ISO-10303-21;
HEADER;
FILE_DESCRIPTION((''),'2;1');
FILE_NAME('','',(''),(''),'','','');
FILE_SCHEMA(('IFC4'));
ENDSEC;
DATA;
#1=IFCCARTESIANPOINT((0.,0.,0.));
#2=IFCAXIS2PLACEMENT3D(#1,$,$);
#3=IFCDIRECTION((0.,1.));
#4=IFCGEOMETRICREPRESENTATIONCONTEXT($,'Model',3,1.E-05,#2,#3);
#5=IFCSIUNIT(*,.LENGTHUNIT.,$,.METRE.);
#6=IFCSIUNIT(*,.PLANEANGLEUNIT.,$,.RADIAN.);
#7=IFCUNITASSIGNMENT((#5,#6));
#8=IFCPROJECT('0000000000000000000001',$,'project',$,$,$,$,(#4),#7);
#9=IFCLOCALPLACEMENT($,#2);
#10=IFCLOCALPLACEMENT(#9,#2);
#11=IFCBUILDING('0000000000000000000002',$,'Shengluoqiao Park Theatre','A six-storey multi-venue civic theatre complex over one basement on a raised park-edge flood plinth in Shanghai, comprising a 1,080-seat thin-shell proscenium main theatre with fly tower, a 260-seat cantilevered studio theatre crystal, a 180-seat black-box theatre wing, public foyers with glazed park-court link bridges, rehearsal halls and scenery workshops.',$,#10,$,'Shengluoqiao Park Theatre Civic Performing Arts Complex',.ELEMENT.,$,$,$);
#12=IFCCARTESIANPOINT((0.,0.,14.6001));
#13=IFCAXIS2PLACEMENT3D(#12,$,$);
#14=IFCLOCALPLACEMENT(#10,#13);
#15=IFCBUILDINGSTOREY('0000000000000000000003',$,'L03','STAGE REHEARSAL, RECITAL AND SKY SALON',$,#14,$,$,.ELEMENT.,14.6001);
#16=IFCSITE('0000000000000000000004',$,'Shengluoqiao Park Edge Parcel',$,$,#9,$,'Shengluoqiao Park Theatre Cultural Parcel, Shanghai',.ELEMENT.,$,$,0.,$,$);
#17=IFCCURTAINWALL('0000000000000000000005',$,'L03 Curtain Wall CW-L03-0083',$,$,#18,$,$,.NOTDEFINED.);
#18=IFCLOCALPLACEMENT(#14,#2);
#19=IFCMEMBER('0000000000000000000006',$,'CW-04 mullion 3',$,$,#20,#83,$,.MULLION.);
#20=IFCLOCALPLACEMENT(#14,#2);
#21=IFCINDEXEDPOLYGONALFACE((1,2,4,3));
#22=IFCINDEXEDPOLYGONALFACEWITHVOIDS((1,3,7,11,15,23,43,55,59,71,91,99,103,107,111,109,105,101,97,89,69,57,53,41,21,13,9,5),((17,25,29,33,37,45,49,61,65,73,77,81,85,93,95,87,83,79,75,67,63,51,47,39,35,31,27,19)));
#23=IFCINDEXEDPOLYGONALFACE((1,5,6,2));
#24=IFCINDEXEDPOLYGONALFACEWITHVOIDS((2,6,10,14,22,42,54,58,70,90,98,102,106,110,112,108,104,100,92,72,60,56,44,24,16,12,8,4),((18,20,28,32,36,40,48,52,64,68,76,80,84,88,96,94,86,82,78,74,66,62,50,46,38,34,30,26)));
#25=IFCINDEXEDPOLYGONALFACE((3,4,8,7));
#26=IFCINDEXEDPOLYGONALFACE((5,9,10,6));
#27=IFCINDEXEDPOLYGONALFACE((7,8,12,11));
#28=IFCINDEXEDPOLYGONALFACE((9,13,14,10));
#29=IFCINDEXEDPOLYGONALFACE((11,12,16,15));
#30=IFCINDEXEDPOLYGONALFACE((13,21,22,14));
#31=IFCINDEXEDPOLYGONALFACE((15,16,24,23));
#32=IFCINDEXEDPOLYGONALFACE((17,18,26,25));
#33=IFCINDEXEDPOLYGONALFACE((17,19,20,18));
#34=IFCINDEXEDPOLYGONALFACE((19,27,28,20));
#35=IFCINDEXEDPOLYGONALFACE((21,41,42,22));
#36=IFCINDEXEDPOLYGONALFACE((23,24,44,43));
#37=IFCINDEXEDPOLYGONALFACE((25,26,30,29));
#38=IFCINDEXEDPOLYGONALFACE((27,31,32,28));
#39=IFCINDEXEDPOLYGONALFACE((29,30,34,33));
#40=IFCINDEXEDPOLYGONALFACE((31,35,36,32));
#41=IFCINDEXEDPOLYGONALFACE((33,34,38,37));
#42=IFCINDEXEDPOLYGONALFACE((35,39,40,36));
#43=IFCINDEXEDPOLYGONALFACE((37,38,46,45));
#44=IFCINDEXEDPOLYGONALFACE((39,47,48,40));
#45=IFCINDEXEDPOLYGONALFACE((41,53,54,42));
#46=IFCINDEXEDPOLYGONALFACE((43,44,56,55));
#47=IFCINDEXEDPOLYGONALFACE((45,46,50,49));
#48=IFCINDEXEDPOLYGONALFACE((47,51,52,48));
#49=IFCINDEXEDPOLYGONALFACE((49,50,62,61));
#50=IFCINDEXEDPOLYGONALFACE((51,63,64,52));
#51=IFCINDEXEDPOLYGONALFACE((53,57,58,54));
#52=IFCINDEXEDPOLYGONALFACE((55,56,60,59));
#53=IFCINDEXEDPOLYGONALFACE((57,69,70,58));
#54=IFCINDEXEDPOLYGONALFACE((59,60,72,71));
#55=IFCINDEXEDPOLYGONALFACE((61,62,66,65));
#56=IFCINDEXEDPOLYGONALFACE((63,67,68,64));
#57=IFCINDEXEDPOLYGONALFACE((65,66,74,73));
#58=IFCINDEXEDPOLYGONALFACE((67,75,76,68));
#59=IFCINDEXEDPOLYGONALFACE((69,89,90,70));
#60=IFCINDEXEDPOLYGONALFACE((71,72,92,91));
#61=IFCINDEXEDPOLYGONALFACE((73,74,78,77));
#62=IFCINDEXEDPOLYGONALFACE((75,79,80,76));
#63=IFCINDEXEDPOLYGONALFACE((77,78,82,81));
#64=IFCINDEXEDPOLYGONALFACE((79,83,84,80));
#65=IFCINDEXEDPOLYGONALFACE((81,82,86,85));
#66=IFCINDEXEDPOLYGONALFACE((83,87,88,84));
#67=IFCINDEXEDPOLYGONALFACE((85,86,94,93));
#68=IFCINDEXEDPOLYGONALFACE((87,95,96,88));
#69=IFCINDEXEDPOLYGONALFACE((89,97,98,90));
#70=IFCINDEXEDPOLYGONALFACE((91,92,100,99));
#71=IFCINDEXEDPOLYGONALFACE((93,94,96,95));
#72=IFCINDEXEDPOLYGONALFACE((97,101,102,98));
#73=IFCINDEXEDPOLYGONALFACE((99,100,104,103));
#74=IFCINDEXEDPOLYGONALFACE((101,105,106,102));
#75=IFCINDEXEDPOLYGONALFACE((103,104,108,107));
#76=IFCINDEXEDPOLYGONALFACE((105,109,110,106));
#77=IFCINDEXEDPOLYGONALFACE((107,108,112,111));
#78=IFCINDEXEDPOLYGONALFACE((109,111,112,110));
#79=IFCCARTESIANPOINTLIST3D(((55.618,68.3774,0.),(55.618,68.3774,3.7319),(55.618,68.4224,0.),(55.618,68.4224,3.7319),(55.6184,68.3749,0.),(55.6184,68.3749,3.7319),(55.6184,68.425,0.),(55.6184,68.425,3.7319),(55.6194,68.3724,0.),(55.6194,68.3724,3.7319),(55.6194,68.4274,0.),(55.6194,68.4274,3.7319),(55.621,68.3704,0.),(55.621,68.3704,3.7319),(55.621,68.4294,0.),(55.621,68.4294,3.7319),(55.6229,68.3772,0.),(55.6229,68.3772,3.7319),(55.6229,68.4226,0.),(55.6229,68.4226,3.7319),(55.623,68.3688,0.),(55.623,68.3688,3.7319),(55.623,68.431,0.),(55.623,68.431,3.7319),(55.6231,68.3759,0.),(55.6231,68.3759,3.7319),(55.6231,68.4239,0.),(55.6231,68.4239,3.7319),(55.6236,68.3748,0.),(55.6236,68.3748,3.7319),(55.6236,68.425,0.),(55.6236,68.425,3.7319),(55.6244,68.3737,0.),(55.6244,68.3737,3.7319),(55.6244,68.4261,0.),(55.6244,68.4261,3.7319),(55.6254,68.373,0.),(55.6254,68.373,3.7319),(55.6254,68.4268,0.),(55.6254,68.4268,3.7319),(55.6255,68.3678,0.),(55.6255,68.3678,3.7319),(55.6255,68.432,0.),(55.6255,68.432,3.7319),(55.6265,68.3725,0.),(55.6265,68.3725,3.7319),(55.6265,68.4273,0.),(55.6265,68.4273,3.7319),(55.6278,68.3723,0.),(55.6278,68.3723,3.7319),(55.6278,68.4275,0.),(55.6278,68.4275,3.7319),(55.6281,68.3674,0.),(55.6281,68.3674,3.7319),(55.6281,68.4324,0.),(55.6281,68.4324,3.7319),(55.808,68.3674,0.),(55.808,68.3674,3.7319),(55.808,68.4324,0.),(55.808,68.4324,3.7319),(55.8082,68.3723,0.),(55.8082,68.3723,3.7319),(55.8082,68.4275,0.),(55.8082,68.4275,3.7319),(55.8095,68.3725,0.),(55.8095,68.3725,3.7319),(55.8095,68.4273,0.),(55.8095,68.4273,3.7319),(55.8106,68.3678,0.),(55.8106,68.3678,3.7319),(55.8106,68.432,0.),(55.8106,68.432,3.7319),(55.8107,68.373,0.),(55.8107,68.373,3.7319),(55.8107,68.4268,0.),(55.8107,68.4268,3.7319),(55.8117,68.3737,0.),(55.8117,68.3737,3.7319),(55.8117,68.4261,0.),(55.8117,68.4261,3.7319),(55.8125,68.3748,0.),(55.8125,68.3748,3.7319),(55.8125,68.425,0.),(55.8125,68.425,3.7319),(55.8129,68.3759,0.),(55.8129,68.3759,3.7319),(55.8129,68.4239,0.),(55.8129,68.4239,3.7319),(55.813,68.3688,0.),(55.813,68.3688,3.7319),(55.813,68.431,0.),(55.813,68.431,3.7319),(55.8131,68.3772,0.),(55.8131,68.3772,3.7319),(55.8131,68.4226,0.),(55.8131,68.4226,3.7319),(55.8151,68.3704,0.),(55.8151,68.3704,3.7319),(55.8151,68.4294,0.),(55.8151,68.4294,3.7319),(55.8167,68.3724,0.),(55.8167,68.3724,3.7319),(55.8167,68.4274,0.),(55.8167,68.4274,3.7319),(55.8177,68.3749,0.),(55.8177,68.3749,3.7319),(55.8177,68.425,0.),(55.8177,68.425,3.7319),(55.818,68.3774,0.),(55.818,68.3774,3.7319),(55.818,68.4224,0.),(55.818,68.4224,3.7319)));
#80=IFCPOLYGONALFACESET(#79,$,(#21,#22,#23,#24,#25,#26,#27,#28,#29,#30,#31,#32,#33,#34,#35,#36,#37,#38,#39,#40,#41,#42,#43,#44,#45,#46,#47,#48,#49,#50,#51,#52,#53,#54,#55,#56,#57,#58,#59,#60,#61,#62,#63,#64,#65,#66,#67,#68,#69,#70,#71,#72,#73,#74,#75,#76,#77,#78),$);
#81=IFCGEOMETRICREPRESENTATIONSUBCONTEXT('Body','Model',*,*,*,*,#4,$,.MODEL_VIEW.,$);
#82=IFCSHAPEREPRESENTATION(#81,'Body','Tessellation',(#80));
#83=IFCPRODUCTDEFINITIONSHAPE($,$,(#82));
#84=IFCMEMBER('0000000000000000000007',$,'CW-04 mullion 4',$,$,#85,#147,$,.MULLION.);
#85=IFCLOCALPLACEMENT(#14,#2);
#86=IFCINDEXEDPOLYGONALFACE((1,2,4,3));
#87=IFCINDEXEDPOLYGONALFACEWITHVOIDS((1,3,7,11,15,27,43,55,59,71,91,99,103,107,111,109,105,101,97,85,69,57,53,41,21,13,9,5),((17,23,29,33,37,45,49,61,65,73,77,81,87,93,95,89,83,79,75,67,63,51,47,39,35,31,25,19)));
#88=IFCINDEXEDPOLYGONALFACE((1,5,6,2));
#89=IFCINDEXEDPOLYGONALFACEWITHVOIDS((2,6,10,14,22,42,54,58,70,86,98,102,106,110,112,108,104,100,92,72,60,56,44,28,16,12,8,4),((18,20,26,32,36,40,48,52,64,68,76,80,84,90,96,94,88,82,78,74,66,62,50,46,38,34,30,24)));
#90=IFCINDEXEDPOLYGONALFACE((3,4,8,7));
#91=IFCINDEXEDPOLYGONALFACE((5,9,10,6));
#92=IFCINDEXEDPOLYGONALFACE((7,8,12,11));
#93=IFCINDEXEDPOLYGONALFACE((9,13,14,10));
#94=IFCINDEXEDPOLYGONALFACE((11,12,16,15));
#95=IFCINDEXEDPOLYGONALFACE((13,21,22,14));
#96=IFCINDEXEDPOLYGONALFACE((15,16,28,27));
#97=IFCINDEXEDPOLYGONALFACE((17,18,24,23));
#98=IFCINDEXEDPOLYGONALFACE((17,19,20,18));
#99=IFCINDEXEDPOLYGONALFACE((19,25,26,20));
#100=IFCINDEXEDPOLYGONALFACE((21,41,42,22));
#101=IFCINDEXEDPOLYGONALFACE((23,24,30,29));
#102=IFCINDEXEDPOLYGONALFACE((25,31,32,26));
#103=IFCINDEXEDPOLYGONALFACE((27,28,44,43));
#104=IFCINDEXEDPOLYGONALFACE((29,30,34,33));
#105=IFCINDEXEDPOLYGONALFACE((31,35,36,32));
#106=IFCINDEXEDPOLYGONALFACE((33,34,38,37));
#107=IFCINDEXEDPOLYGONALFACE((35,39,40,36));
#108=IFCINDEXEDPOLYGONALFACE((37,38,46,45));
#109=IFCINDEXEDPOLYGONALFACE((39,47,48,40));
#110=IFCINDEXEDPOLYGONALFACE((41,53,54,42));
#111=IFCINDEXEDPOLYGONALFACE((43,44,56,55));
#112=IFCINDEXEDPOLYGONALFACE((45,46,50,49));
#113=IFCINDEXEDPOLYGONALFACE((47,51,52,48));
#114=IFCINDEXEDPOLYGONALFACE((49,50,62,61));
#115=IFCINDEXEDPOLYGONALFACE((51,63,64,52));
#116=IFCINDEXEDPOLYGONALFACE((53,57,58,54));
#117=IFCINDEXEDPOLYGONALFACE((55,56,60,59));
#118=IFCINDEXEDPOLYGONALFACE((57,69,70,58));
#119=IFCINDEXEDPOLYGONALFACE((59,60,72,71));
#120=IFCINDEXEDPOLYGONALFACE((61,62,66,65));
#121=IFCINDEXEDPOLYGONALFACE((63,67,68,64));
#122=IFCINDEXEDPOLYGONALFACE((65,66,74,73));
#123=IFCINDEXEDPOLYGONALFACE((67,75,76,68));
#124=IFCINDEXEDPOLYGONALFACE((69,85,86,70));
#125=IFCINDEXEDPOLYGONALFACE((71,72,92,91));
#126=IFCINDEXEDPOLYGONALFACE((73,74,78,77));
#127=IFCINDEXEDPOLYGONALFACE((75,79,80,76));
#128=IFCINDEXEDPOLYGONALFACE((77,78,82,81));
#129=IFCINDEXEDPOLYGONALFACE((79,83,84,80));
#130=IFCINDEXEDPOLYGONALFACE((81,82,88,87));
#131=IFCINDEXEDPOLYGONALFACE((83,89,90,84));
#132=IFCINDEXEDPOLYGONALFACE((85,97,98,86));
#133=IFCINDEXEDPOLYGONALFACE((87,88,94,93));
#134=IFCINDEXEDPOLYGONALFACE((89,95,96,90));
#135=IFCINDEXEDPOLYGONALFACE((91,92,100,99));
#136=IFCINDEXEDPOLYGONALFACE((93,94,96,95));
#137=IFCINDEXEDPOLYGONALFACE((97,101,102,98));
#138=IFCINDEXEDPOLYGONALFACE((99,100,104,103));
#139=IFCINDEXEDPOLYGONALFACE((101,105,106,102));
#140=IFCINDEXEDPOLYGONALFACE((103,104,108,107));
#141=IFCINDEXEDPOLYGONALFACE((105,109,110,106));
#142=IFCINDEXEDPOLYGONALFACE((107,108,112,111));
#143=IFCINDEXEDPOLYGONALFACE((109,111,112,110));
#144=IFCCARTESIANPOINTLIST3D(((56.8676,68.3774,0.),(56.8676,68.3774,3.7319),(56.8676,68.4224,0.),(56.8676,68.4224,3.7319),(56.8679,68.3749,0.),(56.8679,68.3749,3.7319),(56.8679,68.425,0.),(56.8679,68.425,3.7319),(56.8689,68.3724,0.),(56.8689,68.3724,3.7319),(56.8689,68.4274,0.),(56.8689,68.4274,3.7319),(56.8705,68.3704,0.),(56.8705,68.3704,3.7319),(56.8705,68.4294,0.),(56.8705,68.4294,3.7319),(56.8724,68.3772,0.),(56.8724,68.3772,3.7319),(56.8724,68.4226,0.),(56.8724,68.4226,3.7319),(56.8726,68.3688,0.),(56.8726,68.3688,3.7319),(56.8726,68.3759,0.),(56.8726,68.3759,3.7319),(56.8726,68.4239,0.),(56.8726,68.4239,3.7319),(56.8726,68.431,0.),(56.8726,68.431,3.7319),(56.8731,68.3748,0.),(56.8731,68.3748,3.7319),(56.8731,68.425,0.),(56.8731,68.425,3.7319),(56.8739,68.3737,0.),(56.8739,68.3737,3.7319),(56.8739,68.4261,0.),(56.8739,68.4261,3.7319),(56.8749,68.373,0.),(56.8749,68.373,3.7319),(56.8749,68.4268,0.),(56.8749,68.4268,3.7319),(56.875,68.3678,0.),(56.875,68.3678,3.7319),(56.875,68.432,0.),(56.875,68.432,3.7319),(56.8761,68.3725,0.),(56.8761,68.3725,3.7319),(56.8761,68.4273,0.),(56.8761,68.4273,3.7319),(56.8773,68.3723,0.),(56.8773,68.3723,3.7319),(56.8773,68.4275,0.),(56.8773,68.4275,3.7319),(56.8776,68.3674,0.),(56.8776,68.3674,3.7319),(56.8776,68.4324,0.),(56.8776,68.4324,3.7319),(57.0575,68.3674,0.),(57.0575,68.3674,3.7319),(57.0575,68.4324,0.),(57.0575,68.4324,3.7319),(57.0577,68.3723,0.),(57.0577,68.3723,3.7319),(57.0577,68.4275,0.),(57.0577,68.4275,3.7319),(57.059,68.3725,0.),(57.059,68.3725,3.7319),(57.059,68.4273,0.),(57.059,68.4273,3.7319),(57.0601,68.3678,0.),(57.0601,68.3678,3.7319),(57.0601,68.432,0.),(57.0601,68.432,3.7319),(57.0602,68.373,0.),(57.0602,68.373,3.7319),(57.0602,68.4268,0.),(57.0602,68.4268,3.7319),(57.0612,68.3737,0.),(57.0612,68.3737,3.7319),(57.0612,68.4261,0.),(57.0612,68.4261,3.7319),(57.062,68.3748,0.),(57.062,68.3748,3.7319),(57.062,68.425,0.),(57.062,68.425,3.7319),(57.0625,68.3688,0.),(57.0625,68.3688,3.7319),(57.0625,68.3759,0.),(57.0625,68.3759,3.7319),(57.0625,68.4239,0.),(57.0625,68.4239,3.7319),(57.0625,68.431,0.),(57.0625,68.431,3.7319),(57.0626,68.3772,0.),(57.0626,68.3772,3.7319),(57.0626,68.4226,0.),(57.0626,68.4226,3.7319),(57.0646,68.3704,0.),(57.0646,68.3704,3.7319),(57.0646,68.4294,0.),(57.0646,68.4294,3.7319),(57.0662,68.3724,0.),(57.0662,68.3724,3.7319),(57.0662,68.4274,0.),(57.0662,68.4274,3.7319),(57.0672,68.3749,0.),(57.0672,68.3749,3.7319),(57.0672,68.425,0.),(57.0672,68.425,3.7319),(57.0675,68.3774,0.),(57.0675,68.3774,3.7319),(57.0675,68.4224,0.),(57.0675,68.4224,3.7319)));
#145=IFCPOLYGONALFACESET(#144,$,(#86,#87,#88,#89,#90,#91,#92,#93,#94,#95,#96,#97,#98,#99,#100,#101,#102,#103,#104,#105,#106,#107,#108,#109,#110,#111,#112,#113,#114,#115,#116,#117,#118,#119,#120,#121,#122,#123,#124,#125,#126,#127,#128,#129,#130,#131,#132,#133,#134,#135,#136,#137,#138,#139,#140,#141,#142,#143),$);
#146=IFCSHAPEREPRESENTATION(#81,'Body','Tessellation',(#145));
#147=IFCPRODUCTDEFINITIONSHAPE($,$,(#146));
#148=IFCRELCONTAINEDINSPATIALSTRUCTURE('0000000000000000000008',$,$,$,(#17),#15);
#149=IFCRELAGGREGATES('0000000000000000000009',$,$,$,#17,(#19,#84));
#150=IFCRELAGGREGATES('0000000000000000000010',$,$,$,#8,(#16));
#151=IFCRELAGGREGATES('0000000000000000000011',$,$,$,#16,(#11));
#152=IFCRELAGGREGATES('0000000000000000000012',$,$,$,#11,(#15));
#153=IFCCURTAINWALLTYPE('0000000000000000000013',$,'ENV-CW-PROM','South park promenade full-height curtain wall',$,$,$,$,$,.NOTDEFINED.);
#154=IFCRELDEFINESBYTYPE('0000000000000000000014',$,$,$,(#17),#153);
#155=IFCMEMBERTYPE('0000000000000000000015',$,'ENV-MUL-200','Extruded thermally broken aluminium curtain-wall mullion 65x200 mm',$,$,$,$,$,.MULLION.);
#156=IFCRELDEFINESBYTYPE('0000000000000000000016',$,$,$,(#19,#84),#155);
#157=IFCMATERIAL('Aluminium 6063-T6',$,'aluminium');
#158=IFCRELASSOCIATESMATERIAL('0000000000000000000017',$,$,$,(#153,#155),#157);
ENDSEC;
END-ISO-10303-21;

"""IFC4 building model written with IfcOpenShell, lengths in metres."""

from ifc_helpers import new_model, si_unit, direction, frame, origin, origin_2d, place, context, subcontext, project, spatial, hollow_rectangle, extrude, material, material_profile, profile_set, type_object, element, aggregate, save


model = new_model("IFC4")

# Units and contexts
model_context = context("Model", 3, precision=1e-05, world=origin(), true_north=direction((0.0, 1.0)))
body_context = subcontext(model_context, "Body", "Model", "MODEL_VIEW")
ifc_project = project(units=[si_unit("LENGTHUNIT", "METRE"), si_unit("PLANEANGLEUNIT", "RADIAN")], contexts=[model_context])

# Site, building, storey
site_placement = place(None, origin())
site = spatial("IfcSite", under=ifc_project, at=site_placement, Name="Shengluoqiao Park Edge Parcel", LongName="Shengluoqiao Park Theatre Cultural Parcel, Shanghai", CompositionType="ELEMENT", RefElevation=0.0)
building_placement = place(site_placement, origin())
building = spatial("IfcBuilding", under=site, at=building_placement, Name="Shengluoqiao Park Theatre", Description="A six-storey multi-venue civic theatre complex over one basement on a raised park-edge flood plinth in Shanghai, comprising a 1,080-seat thin-shell proscenium main theatre with fly tower, a 260-seat cantilevered studio theatre crystal, a 180-seat black-box theatre wing, public foyers with glazed park-court link bridges, rehearsal halls and scenery workshops.", LongName="Shengluoqiao Park Theatre Civic Performing Arts Complex", CompositionType="ELEMENT")
storey_placement = place(building_placement, frame((0.0, 0.0, 14.6001)))
storey = spatial("IfcBuildingStorey", under=building, at=storey_placement, Name="L03", Description="STAGE REHEARSAL, RECITAL AND SKY SALON", CompositionType="ELEMENT", Elevation=14.6001)

# Curtain wall, members
ifc_material_1 = material(Name="Aluminium 6063-T6", Category="aluminium")
curtain_wall_type = type_object("IfcCurtainWallType", Name="ENV-CW-PROM", Description="South park promenade full-height curtain wall", PredefinedType="NOTDEFINED", material=ifc_material_1)
curtain_wall_1_placement = place(storey_placement, origin())
curtain_wall_1 = element("IfcCurtainWall", 1, at=curtain_wall_1_placement, inside=storey, type_object=curtain_wall_type, Name="L03 Curtain Wall CW-L03-0083", PredefinedType="NOTDEFINED")
ifc_material_profile_1 = material_profile(ifc_material_1, hollow_rectangle(XDim=0.0649, YDim=0.2, WallThickness=0.0049, InnerFilletRadius=0.0049, OuterFilletRadius=0.01, at=origin_2d()), Name="ALU MULLION 200x65x5")
ifc_profile_set_1 = profile_set([ifc_material_profile_1], Name="Aluminium 6063-T6")
member_type_1 = type_object("IfcMemberType", Name="ENV-MUL-200", Description="Extruded thermally broken aluminium curtain-wall mullion 65x200 mm", PredefinedType="MULLION", material=ifc_profile_set_1)
member_1_placement = place(storey_placement, frame((55.718, 68.3999, 0.0), z_axis=(0.0, 0.0, 1.0), x_axis=(0.0, 1.0, 0.0)))
member_1 = element("IfcMember", 2, at=member_1_placement, type_object=member_type_1, Name="CW-04 mullion 3", PredefinedType="MULLION", context=body_context, shape_type="SweptSolid", body=[
    extrude(hollow_rectangle(XDim=0.0649, YDim=0.2, WallThickness=0.0049, InnerFilletRadius=0.0049, OuterFilletRadius=0.01, at=origin_2d()), origin(), (0.0, 0.0, 1.0), 3.7319),
])
member_2_placement = place(storey_placement, frame((56.9675, 68.3999, 0.0), z_axis=(0.0, 0.0, 1.0), x_axis=(0.0, 1.0, 0.0)))
member_2 = element("IfcMember", 3, at=member_2_placement, type_object=member_type_1, Name="CW-04 mullion 4", PredefinedType="MULLION", context=body_context, shape_type="SweptSolid", body=[
    extrude(hollow_rectangle(XDim=0.0649, YDim=0.2, WallThickness=0.0049, InnerFilletRadius=0.0049, OuterFilletRadius=0.01, at=origin_2d()), origin(), (0.0, 0.0, 1.0), 3.7319),
])

aggregate(curtain_wall_1, [member_1, member_2])

save(model, "model.ifc")
